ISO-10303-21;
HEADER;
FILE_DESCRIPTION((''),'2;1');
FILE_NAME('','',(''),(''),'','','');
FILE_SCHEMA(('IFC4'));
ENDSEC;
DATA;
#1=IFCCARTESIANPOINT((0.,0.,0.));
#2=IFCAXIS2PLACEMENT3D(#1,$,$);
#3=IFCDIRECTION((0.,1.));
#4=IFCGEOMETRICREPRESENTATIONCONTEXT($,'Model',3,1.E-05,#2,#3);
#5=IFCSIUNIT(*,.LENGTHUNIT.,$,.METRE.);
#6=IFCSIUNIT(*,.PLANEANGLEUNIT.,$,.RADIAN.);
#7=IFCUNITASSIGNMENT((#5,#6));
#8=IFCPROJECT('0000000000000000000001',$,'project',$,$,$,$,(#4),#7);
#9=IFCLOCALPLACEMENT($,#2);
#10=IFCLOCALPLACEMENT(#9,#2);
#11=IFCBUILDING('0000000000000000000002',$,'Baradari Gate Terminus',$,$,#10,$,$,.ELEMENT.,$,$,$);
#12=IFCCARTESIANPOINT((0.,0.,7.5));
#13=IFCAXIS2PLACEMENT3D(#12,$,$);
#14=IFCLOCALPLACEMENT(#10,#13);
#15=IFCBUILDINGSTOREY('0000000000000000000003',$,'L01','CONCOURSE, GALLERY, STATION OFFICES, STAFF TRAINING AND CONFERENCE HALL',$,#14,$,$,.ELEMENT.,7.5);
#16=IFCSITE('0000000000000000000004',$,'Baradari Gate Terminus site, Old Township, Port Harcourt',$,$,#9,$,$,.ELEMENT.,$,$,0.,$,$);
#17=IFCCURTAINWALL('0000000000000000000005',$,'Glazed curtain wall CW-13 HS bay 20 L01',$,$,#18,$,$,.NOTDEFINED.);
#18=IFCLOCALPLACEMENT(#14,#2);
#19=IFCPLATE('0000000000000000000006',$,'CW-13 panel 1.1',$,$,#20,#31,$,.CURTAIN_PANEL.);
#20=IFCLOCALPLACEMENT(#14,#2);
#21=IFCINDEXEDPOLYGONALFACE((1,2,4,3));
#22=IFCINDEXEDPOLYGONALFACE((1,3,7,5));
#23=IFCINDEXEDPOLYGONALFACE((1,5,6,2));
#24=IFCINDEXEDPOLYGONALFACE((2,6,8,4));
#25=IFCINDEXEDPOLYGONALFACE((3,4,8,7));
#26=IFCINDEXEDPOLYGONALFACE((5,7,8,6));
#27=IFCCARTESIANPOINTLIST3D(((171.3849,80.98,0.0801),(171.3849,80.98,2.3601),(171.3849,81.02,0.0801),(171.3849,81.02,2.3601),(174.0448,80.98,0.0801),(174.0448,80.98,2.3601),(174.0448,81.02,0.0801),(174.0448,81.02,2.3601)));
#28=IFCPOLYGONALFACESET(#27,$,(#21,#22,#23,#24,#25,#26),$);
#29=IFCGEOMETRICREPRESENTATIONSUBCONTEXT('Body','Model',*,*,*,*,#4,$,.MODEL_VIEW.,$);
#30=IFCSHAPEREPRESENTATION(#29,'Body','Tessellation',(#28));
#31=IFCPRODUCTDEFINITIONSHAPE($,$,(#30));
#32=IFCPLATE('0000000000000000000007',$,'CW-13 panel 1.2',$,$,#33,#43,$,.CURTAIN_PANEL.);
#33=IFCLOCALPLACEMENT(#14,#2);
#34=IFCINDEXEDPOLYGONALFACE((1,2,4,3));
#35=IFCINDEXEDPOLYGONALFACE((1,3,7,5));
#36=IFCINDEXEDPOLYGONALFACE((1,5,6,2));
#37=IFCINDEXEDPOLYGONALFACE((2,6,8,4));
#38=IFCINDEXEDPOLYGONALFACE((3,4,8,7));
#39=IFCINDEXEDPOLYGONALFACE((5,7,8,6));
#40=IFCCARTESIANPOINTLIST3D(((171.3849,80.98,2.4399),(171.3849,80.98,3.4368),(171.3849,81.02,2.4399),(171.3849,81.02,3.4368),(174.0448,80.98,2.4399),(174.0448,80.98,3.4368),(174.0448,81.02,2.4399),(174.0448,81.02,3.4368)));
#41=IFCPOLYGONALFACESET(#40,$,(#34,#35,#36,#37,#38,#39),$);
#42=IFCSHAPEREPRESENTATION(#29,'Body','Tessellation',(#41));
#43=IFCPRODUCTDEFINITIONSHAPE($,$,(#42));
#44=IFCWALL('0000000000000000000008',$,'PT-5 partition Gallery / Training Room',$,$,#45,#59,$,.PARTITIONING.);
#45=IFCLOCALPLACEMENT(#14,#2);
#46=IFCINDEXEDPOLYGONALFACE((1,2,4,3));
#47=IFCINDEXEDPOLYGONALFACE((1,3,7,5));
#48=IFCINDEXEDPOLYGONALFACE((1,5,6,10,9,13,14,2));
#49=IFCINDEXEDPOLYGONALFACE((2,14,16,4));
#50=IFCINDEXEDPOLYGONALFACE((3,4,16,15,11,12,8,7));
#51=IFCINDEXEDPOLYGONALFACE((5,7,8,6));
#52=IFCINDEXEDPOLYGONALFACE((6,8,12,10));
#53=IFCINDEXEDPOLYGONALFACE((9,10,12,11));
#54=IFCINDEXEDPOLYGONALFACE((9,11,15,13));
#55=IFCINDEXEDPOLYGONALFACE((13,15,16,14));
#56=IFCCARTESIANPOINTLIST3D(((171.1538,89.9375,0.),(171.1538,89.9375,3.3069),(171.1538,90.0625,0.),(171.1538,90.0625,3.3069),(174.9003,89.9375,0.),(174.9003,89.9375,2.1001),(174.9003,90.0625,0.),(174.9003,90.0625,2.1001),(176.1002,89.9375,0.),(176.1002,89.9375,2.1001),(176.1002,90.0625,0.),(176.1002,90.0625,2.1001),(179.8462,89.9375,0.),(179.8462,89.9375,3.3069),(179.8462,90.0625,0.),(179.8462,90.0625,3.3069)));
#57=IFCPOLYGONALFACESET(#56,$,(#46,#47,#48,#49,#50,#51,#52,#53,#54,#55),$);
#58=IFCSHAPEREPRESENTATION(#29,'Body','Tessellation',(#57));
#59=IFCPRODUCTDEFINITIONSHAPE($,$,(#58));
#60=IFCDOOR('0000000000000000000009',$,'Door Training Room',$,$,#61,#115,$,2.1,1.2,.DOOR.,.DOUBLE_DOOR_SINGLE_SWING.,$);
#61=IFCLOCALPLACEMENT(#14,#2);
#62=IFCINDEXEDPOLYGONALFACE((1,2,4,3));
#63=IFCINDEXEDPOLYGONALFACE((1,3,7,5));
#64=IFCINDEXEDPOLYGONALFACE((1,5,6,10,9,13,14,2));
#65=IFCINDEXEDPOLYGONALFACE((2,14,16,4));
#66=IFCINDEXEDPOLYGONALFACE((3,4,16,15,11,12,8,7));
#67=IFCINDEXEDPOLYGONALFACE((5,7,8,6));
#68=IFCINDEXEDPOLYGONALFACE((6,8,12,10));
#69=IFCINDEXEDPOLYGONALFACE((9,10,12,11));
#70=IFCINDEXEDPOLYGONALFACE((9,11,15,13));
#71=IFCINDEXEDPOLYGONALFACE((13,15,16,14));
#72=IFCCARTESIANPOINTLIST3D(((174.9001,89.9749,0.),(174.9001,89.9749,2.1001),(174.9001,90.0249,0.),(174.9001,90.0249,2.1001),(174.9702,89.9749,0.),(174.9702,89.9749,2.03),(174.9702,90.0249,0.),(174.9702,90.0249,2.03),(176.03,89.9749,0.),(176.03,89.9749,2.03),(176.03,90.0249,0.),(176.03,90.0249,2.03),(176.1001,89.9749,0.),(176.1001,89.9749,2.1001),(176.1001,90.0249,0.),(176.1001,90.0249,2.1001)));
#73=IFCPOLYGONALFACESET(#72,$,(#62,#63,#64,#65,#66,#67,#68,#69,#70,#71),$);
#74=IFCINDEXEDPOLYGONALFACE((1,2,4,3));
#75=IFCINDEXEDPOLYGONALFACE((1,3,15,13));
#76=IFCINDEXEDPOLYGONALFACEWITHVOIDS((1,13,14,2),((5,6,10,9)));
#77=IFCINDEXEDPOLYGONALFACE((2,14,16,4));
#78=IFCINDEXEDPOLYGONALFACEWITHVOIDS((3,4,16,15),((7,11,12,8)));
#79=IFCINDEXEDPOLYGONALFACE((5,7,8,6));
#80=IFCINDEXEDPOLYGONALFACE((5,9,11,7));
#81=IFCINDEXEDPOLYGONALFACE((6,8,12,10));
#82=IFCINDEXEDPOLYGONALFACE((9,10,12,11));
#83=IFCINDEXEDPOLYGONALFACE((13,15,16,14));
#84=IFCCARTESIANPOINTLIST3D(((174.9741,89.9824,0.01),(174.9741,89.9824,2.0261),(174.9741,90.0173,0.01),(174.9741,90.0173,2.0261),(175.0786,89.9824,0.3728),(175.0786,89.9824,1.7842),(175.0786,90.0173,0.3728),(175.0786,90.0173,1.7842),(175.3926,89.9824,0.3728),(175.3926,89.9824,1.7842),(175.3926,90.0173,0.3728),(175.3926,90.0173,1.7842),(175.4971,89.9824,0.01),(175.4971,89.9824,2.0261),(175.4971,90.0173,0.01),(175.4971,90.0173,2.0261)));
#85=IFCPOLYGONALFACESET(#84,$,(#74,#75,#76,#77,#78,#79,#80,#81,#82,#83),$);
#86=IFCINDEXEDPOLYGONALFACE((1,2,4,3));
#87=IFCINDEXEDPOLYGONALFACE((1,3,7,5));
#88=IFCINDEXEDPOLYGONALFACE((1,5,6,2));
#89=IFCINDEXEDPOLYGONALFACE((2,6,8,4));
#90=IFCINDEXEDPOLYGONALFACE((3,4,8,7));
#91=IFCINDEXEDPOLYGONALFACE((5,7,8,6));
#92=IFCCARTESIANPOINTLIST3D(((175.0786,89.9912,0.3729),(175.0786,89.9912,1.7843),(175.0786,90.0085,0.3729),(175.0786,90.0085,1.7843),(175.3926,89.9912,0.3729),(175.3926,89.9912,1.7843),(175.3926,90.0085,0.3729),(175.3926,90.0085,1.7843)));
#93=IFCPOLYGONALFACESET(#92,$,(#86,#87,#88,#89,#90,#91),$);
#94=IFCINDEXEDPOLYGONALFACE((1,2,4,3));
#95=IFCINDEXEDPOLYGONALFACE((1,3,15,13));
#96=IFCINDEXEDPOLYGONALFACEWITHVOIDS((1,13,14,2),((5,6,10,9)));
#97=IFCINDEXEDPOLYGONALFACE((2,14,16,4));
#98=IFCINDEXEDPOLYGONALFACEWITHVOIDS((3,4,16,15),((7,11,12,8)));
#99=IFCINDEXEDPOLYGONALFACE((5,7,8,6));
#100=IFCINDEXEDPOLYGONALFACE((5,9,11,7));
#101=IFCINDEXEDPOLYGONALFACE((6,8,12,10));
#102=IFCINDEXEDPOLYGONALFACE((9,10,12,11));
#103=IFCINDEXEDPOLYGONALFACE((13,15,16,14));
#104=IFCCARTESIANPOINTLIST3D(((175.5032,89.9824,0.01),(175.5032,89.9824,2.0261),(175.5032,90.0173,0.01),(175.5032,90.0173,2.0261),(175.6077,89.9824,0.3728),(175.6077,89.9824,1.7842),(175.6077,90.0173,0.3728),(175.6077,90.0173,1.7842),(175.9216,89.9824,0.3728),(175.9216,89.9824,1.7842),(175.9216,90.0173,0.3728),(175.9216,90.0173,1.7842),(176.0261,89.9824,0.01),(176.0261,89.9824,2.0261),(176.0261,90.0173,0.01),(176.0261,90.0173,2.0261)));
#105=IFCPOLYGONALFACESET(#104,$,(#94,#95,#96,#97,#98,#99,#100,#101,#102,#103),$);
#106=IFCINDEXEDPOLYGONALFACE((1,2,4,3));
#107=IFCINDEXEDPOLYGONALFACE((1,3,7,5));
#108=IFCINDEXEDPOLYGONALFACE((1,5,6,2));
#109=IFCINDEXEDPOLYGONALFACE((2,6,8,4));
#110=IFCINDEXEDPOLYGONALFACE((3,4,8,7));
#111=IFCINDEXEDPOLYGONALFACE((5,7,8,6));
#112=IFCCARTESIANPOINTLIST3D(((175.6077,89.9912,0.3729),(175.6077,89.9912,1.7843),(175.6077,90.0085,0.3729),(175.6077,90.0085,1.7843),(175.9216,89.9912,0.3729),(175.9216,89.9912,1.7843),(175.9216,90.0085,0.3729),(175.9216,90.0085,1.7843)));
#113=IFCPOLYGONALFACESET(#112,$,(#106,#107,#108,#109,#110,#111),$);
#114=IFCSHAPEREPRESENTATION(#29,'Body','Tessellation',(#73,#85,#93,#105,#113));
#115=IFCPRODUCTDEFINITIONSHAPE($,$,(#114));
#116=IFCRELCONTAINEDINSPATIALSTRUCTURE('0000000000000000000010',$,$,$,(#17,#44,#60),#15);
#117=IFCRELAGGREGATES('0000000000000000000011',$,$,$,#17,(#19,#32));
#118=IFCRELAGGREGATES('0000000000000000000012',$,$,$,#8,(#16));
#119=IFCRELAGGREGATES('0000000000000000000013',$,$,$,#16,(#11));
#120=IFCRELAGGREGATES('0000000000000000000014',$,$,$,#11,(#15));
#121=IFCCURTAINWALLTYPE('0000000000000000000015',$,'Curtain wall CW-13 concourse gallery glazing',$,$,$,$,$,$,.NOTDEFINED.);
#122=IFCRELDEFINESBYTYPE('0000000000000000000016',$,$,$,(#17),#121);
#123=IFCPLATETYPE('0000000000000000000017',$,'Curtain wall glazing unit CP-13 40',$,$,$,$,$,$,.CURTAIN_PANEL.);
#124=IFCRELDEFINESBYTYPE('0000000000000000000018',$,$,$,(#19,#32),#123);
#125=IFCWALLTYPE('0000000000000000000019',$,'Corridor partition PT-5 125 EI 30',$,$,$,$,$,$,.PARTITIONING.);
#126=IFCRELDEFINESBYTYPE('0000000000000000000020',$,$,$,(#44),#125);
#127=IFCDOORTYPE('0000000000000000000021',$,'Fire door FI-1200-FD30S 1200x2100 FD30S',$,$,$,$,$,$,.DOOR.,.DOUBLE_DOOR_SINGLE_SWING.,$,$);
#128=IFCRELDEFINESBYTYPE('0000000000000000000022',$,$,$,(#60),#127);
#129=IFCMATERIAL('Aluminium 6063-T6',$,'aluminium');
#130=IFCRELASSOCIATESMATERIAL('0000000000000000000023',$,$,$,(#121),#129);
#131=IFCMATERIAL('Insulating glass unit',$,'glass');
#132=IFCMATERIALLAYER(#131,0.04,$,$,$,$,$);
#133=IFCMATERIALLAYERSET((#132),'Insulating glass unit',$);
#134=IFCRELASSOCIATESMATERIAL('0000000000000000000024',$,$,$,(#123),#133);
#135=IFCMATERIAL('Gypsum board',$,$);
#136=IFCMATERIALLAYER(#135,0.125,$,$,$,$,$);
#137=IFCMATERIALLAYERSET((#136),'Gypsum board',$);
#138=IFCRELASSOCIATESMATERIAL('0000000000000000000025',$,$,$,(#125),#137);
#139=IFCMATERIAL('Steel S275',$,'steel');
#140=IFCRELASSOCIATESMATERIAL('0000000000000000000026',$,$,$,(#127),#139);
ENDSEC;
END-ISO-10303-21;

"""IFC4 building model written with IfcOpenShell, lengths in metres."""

from ifc_helpers import new_model, si_unit, direction, frame, frame_2d, origin, origin_2d, place, context, subcontext, project, spatial, polyline, rectangle, outline, extrude, material, layer, layer_set, type_object, element, fill, aggregate, save


model = new_model("IFC4")

# Units and contexts
model_context = context("Model", 3, precision=1e-05, world=origin(), true_north=direction((0.0, 1.0)))
body_context = subcontext(model_context, "Body", "Model", "MODEL_VIEW")
ifc_project = project(units=[si_unit("LENGTHUNIT", "METRE"), si_unit("PLANEANGLEUNIT", "RADIAN")], contexts=[model_context])

# Site, building, storey
site_placement = place(None, origin())
site = spatial("IfcSite", under=ifc_project, at=site_placement, Name="Baradari Gate Terminus site, Old Township, Port Harcourt", CompositionType="ELEMENT", RefElevation=0.0)
building_placement = place(site_placement, origin())
building = spatial("IfcBuilding", under=site, at=building_placement, Name="Baradari Gate Terminus", CompositionType="ELEMENT")
storey_placement = place(building_placement, frame((0.0, 0.0, 7.5)))
storey = spatial("IfcBuildingStorey", under=building, at=storey_placement, Name="L01", Description="CONCOURSE, GALLERY, STATION OFFICES, STAFF TRAINING AND CONFERENCE HALL", CompositionType="ELEMENT", Elevation=7.5)

# Curtain wall
ifc_material_1 = material(Name="Aluminium 6063-T6", Category="aluminium")
curtain_wall_type = type_object("IfcCurtainWallType", Name="Curtain wall CW-13 concourse gallery glazing", PredefinedType="NOTDEFINED", material=ifc_material_1)
curtain_wall_placement = place(storey_placement, origin())
curtain_wall = element("IfcCurtainWall", 1, at=curtain_wall_placement, inside=storey, type_object=curtain_wall_type, Name="Glazed curtain wall CW-13 HS bay 20 L01", PredefinedType="NOTDEFINED")

# Plates
ifc_material_2 = material(Name="Insulating glass unit", Category="glass")
ifc_layer_1 = layer(ifc_material_2, 0.04)
ifc_layer_set_1 = layer_set([ifc_layer_1], Name="Insulating glass unit")
plate_type = type_object("IfcPlateType", Name="Curtain wall glazing unit CP-13 40", PredefinedType="CURTAIN_PANEL", material=ifc_layer_set_1)
plate_1_placement = place(storey_placement, frame((172.7148, 81.0, 0.0801), z_axis=(0.0, 0.0, 1.0), x_axis=(1.0, 0.0, 0.0)))
plate_1 = element("IfcPlate", 2, at=plate_1_placement, type_object=plate_type, Name="CW-13 panel 1.1", PredefinedType="CURTAIN_PANEL", context=body_context, shape_type="SweptSolid", body=[
    extrude(rectangle(XDim=2.6599, YDim=0.04, at=origin_2d()), origin(), (0.0, 0.0, 1.0), 2.28),
])
plate_2_placement = place(storey_placement, frame((172.7148, 81.0, 2.4399), z_axis=(0.0, 0.0, 1.0), x_axis=(1.0, 0.0, 0.0)))
plate_2 = element("IfcPlate", 3, at=plate_2_placement, type_object=plate_type, Name="CW-13 panel 1.2", PredefinedType="CURTAIN_PANEL", context=body_context, shape_type="SweptSolid", body=[
    extrude(rectangle(XDim=2.6599, YDim=0.04, at=origin_2d()), origin(), (0.0, 0.0, 1.0), 0.9968),
])
aggregate(curtain_wall, [plate_1, plate_2])

# Wall, opening, door
ifc_material_3 = material(Name="Gypsum board")
ifc_layer_2 = layer(ifc_material_3, 0.125)
ifc_layer_set_2 = layer_set([ifc_layer_2], Name="Gypsum board")
wall_type = type_object("IfcWallType", Name="Corridor partition PT-5 125 EI 30", PredefinedType="PARTITIONING", material=ifc_layer_set_2)
wall_placement = place(storey_placement, frame((171.1538, 90.0, 0.0), z_axis=(0.0, 0.0, 1.0), x_axis=(1.0, 0.0, 0.0)))
wall = element("IfcWall", 4, at=wall_placement, inside=storey, type_object=wall_type, Name="PT-5 partition Gallery / Training Room", PredefinedType="PARTITIONING", context=body_context, shape_type="SweptSolid", body=[
    extrude(rectangle(XDim=8.6924, YDim=0.125, at=frame_2d((4.3462, 0.0))), origin(), (0.0, 0.0, 1.0), 3.3069),
])
opening_placement = place(wall_placement, frame((3.7463, 0.0, 0.0)))
opening = element("IfcOpeningElement", 5, at=opening_placement, cuts=wall, PredefinedType="OPENING", context=body_context, shape_type="SweptSolid", body=[
    extrude(rectangle(XDim=1.2, YDim=2.1001, at=frame_2d((0.6001, 1.05))), frame((0.0, 0.0725, 0.0), z_axis=(0.0, -1.0, 0.0), x_axis=(1.0, 0.0, 0.0)), (0.0, 0.0, 1.0), 0.145),
])
ifc_material_4 = material(Name="Steel S275", Category="steel")
door_type = type_object("IfcDoorType", Name="Fire door FI-1200-FD30S 1200x2100 FD30S", OperationType="DOUBLE_DOOR_SINGLE_SWING", PredefinedType="DOOR", material=ifc_material_4)
door_placement = place(opening_placement, origin())
door = element("IfcDoor", 6, at=door_placement, inside=storey, type_object=door_type, Name="Door Training Room", OperationType="DOUBLE_DOOR_SINGLE_SWING", OverallHeight=2.1, OverallWidth=1.2, PredefinedType="DOOR", context=body_context, shape_type="SweptSolid", body=[
    extrude(outline(polyline([(0.0, 0.0), (0.0701, 0.0), (0.0701, 2.03), (1.1299, 2.03), (1.1299, 0.0), (1.2, 0.0), (1.2, 2.1001), (0.0, 2.1001), (0.0, 0.0)])), frame((0.0, 0.0249, 0.0), z_axis=(0.0, -1.0, 0.0), x_axis=(1.0, 0.0, 0.0)), (0.0, 0.0, 1.0), 0.05),
    extrude(outline(polyline([(0.074, 0.01), (0.5969, 0.01), (0.5969, 2.0261), (0.074, 2.0261), (0.074, 0.01)]), holes=[polyline([(0.1785, 0.3728), (0.4924, 0.3728), (0.4924, 1.7842), (0.1785, 1.7842), (0.1785, 0.3728)])]), frame((0.0, 0.0173, 0.0), z_axis=(0.0, -1.0, 0.0), x_axis=(1.0, 0.0, 0.0)), (0.0, 0.0, 1.0), 0.0349),
    extrude(rectangle(XDim=0.314, YDim=1.4114, at=frame_2d((0.3354, 1.0786))), frame((0.0, 0.0085, 0.0), z_axis=(0.0, -1.0, 0.0), x_axis=(1.0, 0.0, 0.0)), (0.0, 0.0, 1.0), 0.0173),
    extrude(outline(polyline([(0.603, 0.01), (1.126, 0.01), (1.126, 2.0261), (0.603, 2.0261), (0.603, 0.01)]), holes=[polyline([(0.7075, 0.3728), (1.0215, 0.3728), (1.0215, 1.7842), (0.7075, 1.7842), (0.7075, 0.3728)])]), frame((0.0, 0.0173, 0.0), z_axis=(0.0, -1.0, 0.0), x_axis=(1.0, 0.0, 0.0)), (0.0, 0.0, 1.0), 0.0349),
    extrude(rectangle(XDim=0.314, YDim=1.4114, at=frame_2d((0.8645, 1.0786))), frame((0.0, 0.0085, 0.0), z_axis=(0.0, -1.0, 0.0), x_axis=(1.0, 0.0, 0.0)), (0.0, 0.0, 1.0), 0.0173),
])
fill(opening, door)

save(model, "model.ifc")
